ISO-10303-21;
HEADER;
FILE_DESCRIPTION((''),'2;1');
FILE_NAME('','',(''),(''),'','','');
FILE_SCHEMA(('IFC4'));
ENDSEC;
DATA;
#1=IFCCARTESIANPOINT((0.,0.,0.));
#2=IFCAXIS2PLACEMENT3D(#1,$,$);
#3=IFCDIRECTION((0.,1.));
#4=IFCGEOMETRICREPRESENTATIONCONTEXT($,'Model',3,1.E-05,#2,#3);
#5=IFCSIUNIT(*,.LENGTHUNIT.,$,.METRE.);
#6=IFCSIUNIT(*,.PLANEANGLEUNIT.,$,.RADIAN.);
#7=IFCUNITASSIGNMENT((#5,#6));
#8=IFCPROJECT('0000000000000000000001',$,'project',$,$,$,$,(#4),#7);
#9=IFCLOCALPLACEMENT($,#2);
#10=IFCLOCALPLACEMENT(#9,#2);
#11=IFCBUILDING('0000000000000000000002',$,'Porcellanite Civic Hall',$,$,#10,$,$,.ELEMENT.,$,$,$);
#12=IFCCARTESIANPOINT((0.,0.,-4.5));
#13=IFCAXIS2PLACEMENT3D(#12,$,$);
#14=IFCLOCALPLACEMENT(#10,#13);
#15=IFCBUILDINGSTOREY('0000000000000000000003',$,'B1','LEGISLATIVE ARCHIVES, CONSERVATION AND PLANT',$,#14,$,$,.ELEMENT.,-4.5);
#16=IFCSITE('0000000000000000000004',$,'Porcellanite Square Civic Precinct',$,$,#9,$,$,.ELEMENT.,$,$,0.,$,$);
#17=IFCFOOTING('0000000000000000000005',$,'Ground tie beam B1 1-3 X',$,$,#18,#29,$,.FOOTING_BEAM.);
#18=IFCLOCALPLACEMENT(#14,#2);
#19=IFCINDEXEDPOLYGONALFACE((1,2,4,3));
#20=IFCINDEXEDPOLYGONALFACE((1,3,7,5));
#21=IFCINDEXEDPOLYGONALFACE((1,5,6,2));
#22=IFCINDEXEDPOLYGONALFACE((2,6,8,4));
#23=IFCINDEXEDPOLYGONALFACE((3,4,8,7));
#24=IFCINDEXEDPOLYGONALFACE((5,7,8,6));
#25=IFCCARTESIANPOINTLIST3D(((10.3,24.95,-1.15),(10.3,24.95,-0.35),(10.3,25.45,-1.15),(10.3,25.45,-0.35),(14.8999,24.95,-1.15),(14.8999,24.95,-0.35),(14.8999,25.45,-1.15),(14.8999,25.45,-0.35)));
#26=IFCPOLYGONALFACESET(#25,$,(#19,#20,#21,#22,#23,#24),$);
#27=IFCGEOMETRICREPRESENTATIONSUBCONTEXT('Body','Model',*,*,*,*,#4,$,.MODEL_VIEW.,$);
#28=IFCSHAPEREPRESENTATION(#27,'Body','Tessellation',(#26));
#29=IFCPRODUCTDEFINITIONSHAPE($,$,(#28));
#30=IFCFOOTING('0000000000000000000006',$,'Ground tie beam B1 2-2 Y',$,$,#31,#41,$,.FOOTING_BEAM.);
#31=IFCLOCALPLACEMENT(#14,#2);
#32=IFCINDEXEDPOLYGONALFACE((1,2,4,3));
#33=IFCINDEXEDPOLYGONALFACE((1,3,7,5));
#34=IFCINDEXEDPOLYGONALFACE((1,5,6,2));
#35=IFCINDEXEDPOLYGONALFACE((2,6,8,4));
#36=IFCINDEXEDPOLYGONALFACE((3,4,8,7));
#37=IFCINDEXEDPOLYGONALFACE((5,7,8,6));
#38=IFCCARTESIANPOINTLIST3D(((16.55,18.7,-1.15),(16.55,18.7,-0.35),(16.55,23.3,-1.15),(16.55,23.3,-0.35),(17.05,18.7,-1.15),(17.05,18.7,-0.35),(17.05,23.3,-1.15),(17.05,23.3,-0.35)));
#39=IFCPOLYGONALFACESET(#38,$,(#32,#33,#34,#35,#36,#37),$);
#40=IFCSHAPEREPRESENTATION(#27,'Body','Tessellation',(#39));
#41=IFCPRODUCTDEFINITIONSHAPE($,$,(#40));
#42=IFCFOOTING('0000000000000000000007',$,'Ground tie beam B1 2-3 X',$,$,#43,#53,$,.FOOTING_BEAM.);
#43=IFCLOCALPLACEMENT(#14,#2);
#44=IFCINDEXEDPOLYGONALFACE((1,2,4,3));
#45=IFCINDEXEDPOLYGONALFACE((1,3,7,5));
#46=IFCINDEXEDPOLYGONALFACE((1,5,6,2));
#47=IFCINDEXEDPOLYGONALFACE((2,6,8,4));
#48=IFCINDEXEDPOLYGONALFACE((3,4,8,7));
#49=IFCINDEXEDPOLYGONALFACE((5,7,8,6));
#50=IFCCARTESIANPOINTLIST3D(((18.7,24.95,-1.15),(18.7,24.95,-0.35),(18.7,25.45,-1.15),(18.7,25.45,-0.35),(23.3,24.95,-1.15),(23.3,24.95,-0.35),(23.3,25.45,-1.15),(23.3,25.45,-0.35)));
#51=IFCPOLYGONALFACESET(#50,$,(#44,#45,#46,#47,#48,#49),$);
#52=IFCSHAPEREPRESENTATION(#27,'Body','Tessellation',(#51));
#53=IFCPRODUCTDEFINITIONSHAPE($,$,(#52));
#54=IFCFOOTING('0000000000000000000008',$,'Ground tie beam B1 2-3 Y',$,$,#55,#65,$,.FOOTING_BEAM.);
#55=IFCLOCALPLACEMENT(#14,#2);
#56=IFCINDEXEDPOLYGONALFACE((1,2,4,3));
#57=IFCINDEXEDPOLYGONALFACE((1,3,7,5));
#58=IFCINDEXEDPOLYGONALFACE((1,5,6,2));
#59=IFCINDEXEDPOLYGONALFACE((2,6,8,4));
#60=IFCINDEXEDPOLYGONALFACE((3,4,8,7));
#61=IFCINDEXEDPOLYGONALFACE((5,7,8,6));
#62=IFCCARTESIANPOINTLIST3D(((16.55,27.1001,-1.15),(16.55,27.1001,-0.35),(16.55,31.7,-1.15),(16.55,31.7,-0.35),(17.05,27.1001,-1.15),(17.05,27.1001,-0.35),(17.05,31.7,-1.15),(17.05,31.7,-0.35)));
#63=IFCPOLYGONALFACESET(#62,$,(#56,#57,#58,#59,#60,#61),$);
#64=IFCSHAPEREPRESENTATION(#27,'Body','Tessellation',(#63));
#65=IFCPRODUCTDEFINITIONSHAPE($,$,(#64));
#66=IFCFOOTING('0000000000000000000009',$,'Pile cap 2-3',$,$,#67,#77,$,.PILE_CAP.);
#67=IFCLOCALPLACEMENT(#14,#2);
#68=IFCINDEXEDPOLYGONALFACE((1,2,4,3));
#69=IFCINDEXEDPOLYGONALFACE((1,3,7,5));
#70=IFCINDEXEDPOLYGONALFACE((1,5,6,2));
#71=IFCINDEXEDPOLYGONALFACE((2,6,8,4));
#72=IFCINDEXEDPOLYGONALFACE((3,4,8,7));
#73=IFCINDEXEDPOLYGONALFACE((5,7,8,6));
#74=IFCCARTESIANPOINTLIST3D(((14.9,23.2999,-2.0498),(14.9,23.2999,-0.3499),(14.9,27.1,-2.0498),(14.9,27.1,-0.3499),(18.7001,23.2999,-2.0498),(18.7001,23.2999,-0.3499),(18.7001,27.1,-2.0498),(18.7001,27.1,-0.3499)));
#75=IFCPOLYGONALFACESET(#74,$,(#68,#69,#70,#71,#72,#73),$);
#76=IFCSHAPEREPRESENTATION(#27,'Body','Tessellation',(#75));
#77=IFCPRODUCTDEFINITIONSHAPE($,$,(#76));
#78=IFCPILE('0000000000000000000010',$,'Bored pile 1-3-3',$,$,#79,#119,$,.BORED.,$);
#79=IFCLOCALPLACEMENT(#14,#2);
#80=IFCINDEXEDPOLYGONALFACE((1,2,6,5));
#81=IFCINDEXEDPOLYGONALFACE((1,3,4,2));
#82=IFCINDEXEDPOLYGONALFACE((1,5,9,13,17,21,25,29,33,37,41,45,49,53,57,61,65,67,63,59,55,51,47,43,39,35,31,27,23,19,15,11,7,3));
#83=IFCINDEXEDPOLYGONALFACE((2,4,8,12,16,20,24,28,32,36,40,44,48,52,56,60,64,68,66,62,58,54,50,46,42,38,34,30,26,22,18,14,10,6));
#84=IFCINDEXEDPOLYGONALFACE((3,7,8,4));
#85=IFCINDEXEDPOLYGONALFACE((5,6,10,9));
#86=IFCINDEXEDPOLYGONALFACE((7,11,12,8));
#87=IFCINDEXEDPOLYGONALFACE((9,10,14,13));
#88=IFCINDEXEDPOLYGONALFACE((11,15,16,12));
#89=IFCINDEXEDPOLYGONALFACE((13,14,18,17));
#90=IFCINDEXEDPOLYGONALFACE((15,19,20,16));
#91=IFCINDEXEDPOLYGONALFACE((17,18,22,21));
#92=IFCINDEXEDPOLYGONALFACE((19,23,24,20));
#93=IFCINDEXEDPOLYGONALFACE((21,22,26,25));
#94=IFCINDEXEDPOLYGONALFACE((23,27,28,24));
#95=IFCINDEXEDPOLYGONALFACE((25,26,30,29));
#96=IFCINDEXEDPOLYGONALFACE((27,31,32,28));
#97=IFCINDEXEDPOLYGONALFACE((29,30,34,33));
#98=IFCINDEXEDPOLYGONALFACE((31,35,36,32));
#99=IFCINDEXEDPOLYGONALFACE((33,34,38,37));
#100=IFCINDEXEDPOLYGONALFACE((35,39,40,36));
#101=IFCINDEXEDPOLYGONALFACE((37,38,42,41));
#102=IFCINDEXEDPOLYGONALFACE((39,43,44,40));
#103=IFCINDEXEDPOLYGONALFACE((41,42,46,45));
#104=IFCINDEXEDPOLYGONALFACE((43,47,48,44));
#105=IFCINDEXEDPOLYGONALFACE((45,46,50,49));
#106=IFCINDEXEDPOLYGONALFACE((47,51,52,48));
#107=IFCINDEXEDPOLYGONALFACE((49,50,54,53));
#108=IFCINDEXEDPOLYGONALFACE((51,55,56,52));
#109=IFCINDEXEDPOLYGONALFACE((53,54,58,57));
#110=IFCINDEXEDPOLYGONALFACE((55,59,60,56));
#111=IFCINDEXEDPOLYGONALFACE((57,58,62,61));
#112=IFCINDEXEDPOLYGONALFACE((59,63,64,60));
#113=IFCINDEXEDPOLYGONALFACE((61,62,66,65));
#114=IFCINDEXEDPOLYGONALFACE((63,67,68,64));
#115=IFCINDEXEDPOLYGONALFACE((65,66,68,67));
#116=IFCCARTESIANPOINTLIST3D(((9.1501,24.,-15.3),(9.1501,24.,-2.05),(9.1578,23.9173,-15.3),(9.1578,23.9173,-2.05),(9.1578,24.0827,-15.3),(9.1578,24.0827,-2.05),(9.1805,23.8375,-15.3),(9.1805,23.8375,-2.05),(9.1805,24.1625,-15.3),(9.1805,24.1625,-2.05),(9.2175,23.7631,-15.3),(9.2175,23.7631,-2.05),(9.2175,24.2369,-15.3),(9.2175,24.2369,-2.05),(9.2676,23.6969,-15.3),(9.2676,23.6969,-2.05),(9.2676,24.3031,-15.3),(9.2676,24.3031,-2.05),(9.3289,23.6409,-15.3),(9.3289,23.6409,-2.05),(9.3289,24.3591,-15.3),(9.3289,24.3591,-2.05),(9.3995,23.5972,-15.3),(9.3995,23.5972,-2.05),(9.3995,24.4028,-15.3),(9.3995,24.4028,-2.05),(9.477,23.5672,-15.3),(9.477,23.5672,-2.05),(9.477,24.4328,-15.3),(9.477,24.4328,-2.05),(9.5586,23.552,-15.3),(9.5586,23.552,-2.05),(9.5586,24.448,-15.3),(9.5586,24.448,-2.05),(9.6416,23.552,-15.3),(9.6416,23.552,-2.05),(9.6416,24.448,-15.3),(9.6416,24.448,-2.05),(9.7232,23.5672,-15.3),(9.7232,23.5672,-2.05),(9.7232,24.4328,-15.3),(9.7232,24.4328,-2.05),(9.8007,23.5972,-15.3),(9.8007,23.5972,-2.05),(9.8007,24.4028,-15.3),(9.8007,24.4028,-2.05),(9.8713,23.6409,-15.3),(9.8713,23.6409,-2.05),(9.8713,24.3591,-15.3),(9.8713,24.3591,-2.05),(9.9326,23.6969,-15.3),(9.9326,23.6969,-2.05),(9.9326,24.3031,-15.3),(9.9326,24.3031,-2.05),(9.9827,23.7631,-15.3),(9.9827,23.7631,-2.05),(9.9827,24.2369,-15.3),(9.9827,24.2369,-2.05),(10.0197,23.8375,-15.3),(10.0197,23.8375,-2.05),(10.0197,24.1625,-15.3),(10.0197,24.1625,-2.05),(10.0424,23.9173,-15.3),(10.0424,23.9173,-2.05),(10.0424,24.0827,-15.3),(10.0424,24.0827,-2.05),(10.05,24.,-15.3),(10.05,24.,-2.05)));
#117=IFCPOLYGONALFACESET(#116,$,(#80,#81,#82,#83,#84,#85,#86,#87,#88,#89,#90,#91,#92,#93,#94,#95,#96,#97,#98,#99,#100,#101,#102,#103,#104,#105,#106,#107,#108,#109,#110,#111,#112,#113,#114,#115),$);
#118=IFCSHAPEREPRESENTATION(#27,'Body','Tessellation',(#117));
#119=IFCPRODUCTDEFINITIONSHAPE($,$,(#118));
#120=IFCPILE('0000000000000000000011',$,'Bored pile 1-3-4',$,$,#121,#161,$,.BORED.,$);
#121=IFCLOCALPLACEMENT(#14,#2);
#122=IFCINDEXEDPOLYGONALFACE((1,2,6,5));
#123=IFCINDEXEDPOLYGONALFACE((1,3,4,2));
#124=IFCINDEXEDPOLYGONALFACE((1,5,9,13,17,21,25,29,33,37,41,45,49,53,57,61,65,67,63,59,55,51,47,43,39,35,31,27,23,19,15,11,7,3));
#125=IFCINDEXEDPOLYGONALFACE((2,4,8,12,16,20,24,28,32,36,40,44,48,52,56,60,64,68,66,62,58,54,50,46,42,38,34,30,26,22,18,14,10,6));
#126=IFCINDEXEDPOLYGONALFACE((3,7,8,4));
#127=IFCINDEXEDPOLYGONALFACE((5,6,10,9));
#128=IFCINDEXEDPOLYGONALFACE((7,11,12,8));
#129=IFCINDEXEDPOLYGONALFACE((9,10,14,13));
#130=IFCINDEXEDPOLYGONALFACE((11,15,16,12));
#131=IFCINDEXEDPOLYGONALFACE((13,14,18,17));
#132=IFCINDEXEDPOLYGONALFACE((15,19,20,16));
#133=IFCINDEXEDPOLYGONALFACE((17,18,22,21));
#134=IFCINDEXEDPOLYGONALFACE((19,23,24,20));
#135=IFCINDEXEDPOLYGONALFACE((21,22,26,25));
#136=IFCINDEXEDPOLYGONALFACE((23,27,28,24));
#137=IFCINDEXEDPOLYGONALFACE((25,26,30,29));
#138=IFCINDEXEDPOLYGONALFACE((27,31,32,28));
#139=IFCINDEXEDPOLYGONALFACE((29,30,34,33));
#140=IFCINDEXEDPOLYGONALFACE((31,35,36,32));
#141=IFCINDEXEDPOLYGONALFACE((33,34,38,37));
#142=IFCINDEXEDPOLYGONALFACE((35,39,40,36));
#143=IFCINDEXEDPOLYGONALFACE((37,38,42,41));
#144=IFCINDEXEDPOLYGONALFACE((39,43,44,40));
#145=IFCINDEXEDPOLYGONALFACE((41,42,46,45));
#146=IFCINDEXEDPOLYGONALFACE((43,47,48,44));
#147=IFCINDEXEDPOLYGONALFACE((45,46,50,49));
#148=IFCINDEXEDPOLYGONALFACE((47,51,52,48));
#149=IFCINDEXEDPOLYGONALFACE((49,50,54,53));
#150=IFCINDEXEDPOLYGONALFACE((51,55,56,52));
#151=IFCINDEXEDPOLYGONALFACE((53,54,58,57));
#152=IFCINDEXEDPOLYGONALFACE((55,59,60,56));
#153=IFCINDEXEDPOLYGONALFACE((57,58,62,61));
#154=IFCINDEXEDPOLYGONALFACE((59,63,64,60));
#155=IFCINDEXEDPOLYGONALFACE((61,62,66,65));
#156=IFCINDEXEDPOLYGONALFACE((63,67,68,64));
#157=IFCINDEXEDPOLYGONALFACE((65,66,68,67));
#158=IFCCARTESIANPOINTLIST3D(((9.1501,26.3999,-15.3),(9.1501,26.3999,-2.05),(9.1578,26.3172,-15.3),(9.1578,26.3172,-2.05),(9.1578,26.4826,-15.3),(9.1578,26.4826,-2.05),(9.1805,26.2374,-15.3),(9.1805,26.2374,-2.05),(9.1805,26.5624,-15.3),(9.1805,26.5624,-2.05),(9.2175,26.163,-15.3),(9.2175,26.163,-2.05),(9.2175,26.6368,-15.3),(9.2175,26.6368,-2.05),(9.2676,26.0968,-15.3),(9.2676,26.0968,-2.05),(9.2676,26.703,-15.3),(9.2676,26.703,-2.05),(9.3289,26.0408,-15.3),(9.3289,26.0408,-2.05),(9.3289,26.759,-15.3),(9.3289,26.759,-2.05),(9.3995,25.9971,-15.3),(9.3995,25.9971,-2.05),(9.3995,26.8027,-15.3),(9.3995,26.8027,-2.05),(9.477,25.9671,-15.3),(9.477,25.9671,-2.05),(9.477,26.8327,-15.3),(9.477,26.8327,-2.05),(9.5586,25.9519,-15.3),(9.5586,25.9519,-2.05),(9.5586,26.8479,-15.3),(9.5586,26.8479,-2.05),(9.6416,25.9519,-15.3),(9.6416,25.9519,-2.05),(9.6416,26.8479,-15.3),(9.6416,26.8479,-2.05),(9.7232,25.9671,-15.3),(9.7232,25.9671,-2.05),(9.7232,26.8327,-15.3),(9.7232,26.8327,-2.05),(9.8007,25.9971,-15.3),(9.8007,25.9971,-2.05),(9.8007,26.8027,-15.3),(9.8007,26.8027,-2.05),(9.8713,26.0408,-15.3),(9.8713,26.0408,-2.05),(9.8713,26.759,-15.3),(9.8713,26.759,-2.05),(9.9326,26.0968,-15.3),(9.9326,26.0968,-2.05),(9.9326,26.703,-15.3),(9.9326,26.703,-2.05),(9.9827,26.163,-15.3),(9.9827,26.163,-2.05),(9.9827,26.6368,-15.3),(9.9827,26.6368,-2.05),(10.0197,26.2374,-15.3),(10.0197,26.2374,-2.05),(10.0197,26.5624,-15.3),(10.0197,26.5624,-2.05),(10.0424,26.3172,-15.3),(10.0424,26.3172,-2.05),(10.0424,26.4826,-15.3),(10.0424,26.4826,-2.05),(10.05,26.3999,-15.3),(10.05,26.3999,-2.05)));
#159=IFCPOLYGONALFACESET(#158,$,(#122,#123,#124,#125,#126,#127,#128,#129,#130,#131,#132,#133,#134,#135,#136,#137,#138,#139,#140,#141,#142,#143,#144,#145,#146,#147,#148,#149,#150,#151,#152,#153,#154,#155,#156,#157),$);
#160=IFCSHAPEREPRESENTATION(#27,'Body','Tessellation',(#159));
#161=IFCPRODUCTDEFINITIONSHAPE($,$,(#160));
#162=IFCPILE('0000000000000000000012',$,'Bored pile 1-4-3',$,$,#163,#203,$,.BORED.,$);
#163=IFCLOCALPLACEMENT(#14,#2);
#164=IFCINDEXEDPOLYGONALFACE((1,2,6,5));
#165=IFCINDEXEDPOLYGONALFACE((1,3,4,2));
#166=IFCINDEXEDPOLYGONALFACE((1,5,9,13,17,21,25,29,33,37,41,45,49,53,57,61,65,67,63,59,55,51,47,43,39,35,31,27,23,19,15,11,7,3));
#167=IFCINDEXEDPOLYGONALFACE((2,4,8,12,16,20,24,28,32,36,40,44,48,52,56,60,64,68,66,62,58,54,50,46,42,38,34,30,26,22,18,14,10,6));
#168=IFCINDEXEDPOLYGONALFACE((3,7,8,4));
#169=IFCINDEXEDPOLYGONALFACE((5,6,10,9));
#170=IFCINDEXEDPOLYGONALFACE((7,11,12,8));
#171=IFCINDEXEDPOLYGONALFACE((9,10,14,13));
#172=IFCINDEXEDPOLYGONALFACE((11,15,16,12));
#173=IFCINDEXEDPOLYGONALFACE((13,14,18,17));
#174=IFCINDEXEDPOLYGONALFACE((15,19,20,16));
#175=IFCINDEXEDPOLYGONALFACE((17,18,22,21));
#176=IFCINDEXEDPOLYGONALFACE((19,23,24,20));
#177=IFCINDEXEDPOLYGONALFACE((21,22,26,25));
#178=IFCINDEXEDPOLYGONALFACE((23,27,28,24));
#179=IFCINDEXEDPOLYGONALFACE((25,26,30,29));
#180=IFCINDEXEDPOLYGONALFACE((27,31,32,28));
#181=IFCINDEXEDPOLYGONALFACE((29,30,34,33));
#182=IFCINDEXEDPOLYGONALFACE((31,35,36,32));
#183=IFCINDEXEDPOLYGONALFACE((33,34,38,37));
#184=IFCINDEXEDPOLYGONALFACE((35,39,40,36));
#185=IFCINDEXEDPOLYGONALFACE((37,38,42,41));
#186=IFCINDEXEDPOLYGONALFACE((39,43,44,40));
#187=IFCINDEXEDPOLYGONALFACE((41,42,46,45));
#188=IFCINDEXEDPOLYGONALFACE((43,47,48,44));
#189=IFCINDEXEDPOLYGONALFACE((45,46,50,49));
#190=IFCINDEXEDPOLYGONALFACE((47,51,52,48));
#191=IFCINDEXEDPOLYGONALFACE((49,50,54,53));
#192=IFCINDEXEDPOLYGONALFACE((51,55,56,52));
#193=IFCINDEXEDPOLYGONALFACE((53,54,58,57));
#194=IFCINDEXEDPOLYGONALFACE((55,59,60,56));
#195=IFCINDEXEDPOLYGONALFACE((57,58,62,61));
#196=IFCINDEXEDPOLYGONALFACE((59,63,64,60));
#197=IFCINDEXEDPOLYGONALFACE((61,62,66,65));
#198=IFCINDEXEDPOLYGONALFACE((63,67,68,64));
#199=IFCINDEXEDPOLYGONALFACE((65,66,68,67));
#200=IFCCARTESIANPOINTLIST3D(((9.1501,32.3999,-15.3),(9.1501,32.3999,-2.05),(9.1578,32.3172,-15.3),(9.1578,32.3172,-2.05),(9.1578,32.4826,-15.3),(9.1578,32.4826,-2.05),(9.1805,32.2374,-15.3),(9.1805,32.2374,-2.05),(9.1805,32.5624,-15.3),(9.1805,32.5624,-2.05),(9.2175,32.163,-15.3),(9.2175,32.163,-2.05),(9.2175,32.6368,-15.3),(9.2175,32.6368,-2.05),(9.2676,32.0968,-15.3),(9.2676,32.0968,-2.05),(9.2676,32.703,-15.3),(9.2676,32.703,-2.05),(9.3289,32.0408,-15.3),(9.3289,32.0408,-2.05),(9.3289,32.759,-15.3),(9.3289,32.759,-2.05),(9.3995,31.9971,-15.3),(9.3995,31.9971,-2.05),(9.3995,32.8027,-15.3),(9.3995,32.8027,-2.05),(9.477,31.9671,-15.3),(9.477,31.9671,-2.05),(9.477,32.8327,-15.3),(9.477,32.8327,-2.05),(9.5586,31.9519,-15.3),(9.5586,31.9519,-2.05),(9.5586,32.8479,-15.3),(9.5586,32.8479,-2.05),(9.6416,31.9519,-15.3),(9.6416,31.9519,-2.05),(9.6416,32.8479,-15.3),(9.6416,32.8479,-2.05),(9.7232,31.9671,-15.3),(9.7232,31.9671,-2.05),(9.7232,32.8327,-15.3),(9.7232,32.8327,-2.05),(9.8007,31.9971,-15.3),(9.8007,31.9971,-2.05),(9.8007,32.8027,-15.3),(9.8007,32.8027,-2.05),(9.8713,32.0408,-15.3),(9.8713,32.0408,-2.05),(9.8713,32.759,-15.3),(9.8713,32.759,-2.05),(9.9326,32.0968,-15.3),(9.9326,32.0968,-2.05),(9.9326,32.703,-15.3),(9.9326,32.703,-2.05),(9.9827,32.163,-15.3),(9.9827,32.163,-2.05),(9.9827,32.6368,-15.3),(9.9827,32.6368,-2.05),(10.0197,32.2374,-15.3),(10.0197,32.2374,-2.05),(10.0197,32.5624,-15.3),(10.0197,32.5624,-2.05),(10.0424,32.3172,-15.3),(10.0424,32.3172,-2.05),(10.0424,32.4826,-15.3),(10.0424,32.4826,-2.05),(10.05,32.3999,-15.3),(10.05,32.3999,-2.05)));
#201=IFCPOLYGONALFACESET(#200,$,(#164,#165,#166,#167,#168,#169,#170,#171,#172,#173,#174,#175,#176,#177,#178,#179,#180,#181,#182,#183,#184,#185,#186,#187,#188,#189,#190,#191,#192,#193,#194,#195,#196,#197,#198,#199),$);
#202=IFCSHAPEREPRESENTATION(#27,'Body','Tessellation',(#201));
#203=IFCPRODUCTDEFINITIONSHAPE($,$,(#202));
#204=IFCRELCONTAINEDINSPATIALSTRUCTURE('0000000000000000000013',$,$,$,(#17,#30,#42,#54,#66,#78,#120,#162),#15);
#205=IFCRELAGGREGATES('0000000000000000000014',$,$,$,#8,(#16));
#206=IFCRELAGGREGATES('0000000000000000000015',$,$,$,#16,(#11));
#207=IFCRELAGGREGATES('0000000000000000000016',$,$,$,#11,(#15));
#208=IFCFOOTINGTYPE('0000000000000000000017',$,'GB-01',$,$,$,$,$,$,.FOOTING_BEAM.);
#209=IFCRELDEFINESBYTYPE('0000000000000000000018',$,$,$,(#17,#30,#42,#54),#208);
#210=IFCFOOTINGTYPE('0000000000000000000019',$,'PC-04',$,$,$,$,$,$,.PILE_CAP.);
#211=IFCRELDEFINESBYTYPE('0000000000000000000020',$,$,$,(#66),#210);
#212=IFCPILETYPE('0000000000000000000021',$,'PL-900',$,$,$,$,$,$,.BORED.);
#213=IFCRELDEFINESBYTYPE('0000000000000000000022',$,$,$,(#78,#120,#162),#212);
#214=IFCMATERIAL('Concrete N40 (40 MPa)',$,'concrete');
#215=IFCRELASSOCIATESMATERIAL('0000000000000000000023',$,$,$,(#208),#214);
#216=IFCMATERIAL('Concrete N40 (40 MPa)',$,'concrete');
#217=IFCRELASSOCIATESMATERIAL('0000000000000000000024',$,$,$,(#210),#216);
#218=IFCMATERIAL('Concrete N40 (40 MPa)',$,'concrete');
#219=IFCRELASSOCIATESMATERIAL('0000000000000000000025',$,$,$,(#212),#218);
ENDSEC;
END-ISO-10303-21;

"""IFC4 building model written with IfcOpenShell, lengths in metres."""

from ifc_helpers import new_model, si_unit, direction, frame, origin, origin_2d, place, context, subcontext, project, spatial, rectangle, circle, extrude, material, material_profile, profile_set, type_object, element, save


model = new_model("IFC4")

# Units and contexts
model_context = context("Model", 3, precision=1e-05, world=origin(), true_north=direction((0.0, 1.0)))
body_context = subcontext(model_context, "Body", "Model", "MODEL_VIEW")
ifc_project = project(units=[si_unit("LENGTHUNIT", "METRE"), si_unit("PLANEANGLEUNIT", "RADIAN")], contexts=[model_context])

# Site, building, storey
site_placement = place(None, origin())
site = spatial("IfcSite", under=ifc_project, at=site_placement, Name="Porcellanite Square Civic Precinct", CompositionType="ELEMENT", RefElevation=0.0)
building_placement = place(site_placement, origin())
building = spatial("IfcBuilding", under=site, at=building_placement, Name="Porcellanite Civic Hall", CompositionType="ELEMENT")
storey_placement = place(building_placement, frame((0.0, 0.0, -4.5)))
storey = spatial("IfcBuildingStorey", under=building, at=storey_placement, Name="B1", Description="LEGISLATIVE ARCHIVES, CONSERVATION AND PLANT", CompositionType="ELEMENT", Elevation=-4.5)

# Footings
ifc_material_1 = material(Name="Concrete N40 (40 MPa)", Category="concrete")
ifc_material_profile_1 = material_profile(ifc_material_1, rectangle(XDim=0.5, YDim=0.8, at=origin_2d()), Name="RC-500x800")
ifc_profile_set_1 = profile_set([ifc_material_profile_1], Name="Concrete N40 (40 MPa)")
footing_type_1 = type_object("IfcFootingType", Name="GB-01", PredefinedType="FOOTING_BEAM", material=ifc_profile_set_1)
footing_1_placement = place(storey_placement, frame((10.3, 25.2, -0.75), z_axis=(1.0, 0.0, 0.0), x_axis=(0.0, 1.0, 0.0)))
element("IfcFooting", 1, at=footing_1_placement, inside=storey, type_object=footing_type_1, Name="Ground tie beam B1 1-3 X", PredefinedType="FOOTING_BEAM", context=body_context, shape_type="SweptSolid", body=[
    extrude(rectangle(XDim=0.5, YDim=0.8, at=origin_2d()), origin(), (0.0, 0.0, 1.0), 4.5999),
])
for number, where, z_axis, x_axis, name in (
    (2, (16.8, 18.7, -0.75), (0.0, 1.0, 0.0), (-1.0, 0.0, 0.0), "Ground tie beam B1 2-2 Y"),
    (3, (18.7, 25.2, -0.75), (1.0, 0.0, 0.0), (0.0, 1.0, 0.0), "Ground tie beam B1 2-3 X"),
):
    element("IfcFooting", number, at=place(storey_placement, frame(where, z_axis=z_axis, x_axis=x_axis)), inside=storey, type_object=footing_type_1, Name=name, PredefinedType="FOOTING_BEAM", context=body_context, shape_type="SweptSolid", body=[
        extrude(rectangle(XDim=0.5, YDim=0.8, at=origin_2d()), origin(), (0.0, 0.0, 1.0), 4.6001),
    ])
footing_2_placement = place(storey_placement, frame((16.8, 27.1001, -0.75), z_axis=(0.0, 1.0, 0.0), x_axis=(-1.0, 0.0, 0.0)))
element("IfcFooting", 4, at=footing_2_placement, inside=storey, type_object=footing_type_1, Name="Ground tie beam B1 2-3 Y", PredefinedType="FOOTING_BEAM", context=body_context, shape_type="SweptSolid", body=[
    extrude(rectangle(XDim=0.5, YDim=0.8, at=origin_2d()), origin(), (0.0, 0.0, 1.0), 4.5999),
])
ifc_material_2 = material(Name="Concrete N40 (40 MPa)", Category="concrete")
footing_type_2 = type_object("IfcFootingType", Name="PC-04", PredefinedType="PILE_CAP", material=ifc_material_2)
footing_3_placement = place(storey_placement, frame((16.8, 25.2, -2.0498), z_axis=(0.0, 0.0, 1.0), x_axis=(1.0, 0.0, 0.0)))
element("IfcFooting", 5, at=footing_3_placement, inside=storey, type_object=footing_type_2, Name="Pile cap 2-3", PredefinedType="PILE_CAP", context=body_context, shape_type="SweptSolid", body=[
    extrude(rectangle(XDim=3.8, YDim=3.8, at=origin_2d()), origin(), (0.0, 0.0, 1.0), 1.7),
])

# Piles
ifc_material_3 = material(Name="Concrete N40 (40 MPa)", Category="concrete")
ifc_material_profile_2 = material_profile(ifc_material_3, circle(Radius=0.45, at=origin_2d()), Name="PILE-D900")
ifc_profile_set_2 = profile_set([ifc_material_profile_2], Name="Concrete N40 (40 MPa)")
pile_type = type_object("IfcPileType", Name="PL-900", PredefinedType="BORED", material=ifc_profile_set_2)
for number, where, z_axis, x_axis, name in (
    (6, (9.6001, 24.0, -2.05), (0.0, 0.0, -1.0), (1.0, 0.0, 0.0), "Bored pile 1-3-3"),
    (7, (9.6001, 26.3999, -2.05), (0.0, 0.0, -1.0), (1.0, 0.0, 0.0), "Bored pile 1-3-4"),
    (8, (9.6001, 32.3999, -2.05), (0.0, 0.0, -1.0), (1.0, 0.0, 0.0), "Bored pile 1-4-3"),
):
    element("IfcPile", number, at=place(storey_placement, frame(where, z_axis=z_axis, x_axis=x_axis)), inside=storey, type_object=pile_type, Name=name, PredefinedType="BORED", context=body_context, shape_type="SweptSolid", body=[
        extrude(circle(Radius=0.45, at=origin_2d()), origin(), (0.0, 0.0, 1.0), 13.25),
    ])

save(model, "model.ifc")
